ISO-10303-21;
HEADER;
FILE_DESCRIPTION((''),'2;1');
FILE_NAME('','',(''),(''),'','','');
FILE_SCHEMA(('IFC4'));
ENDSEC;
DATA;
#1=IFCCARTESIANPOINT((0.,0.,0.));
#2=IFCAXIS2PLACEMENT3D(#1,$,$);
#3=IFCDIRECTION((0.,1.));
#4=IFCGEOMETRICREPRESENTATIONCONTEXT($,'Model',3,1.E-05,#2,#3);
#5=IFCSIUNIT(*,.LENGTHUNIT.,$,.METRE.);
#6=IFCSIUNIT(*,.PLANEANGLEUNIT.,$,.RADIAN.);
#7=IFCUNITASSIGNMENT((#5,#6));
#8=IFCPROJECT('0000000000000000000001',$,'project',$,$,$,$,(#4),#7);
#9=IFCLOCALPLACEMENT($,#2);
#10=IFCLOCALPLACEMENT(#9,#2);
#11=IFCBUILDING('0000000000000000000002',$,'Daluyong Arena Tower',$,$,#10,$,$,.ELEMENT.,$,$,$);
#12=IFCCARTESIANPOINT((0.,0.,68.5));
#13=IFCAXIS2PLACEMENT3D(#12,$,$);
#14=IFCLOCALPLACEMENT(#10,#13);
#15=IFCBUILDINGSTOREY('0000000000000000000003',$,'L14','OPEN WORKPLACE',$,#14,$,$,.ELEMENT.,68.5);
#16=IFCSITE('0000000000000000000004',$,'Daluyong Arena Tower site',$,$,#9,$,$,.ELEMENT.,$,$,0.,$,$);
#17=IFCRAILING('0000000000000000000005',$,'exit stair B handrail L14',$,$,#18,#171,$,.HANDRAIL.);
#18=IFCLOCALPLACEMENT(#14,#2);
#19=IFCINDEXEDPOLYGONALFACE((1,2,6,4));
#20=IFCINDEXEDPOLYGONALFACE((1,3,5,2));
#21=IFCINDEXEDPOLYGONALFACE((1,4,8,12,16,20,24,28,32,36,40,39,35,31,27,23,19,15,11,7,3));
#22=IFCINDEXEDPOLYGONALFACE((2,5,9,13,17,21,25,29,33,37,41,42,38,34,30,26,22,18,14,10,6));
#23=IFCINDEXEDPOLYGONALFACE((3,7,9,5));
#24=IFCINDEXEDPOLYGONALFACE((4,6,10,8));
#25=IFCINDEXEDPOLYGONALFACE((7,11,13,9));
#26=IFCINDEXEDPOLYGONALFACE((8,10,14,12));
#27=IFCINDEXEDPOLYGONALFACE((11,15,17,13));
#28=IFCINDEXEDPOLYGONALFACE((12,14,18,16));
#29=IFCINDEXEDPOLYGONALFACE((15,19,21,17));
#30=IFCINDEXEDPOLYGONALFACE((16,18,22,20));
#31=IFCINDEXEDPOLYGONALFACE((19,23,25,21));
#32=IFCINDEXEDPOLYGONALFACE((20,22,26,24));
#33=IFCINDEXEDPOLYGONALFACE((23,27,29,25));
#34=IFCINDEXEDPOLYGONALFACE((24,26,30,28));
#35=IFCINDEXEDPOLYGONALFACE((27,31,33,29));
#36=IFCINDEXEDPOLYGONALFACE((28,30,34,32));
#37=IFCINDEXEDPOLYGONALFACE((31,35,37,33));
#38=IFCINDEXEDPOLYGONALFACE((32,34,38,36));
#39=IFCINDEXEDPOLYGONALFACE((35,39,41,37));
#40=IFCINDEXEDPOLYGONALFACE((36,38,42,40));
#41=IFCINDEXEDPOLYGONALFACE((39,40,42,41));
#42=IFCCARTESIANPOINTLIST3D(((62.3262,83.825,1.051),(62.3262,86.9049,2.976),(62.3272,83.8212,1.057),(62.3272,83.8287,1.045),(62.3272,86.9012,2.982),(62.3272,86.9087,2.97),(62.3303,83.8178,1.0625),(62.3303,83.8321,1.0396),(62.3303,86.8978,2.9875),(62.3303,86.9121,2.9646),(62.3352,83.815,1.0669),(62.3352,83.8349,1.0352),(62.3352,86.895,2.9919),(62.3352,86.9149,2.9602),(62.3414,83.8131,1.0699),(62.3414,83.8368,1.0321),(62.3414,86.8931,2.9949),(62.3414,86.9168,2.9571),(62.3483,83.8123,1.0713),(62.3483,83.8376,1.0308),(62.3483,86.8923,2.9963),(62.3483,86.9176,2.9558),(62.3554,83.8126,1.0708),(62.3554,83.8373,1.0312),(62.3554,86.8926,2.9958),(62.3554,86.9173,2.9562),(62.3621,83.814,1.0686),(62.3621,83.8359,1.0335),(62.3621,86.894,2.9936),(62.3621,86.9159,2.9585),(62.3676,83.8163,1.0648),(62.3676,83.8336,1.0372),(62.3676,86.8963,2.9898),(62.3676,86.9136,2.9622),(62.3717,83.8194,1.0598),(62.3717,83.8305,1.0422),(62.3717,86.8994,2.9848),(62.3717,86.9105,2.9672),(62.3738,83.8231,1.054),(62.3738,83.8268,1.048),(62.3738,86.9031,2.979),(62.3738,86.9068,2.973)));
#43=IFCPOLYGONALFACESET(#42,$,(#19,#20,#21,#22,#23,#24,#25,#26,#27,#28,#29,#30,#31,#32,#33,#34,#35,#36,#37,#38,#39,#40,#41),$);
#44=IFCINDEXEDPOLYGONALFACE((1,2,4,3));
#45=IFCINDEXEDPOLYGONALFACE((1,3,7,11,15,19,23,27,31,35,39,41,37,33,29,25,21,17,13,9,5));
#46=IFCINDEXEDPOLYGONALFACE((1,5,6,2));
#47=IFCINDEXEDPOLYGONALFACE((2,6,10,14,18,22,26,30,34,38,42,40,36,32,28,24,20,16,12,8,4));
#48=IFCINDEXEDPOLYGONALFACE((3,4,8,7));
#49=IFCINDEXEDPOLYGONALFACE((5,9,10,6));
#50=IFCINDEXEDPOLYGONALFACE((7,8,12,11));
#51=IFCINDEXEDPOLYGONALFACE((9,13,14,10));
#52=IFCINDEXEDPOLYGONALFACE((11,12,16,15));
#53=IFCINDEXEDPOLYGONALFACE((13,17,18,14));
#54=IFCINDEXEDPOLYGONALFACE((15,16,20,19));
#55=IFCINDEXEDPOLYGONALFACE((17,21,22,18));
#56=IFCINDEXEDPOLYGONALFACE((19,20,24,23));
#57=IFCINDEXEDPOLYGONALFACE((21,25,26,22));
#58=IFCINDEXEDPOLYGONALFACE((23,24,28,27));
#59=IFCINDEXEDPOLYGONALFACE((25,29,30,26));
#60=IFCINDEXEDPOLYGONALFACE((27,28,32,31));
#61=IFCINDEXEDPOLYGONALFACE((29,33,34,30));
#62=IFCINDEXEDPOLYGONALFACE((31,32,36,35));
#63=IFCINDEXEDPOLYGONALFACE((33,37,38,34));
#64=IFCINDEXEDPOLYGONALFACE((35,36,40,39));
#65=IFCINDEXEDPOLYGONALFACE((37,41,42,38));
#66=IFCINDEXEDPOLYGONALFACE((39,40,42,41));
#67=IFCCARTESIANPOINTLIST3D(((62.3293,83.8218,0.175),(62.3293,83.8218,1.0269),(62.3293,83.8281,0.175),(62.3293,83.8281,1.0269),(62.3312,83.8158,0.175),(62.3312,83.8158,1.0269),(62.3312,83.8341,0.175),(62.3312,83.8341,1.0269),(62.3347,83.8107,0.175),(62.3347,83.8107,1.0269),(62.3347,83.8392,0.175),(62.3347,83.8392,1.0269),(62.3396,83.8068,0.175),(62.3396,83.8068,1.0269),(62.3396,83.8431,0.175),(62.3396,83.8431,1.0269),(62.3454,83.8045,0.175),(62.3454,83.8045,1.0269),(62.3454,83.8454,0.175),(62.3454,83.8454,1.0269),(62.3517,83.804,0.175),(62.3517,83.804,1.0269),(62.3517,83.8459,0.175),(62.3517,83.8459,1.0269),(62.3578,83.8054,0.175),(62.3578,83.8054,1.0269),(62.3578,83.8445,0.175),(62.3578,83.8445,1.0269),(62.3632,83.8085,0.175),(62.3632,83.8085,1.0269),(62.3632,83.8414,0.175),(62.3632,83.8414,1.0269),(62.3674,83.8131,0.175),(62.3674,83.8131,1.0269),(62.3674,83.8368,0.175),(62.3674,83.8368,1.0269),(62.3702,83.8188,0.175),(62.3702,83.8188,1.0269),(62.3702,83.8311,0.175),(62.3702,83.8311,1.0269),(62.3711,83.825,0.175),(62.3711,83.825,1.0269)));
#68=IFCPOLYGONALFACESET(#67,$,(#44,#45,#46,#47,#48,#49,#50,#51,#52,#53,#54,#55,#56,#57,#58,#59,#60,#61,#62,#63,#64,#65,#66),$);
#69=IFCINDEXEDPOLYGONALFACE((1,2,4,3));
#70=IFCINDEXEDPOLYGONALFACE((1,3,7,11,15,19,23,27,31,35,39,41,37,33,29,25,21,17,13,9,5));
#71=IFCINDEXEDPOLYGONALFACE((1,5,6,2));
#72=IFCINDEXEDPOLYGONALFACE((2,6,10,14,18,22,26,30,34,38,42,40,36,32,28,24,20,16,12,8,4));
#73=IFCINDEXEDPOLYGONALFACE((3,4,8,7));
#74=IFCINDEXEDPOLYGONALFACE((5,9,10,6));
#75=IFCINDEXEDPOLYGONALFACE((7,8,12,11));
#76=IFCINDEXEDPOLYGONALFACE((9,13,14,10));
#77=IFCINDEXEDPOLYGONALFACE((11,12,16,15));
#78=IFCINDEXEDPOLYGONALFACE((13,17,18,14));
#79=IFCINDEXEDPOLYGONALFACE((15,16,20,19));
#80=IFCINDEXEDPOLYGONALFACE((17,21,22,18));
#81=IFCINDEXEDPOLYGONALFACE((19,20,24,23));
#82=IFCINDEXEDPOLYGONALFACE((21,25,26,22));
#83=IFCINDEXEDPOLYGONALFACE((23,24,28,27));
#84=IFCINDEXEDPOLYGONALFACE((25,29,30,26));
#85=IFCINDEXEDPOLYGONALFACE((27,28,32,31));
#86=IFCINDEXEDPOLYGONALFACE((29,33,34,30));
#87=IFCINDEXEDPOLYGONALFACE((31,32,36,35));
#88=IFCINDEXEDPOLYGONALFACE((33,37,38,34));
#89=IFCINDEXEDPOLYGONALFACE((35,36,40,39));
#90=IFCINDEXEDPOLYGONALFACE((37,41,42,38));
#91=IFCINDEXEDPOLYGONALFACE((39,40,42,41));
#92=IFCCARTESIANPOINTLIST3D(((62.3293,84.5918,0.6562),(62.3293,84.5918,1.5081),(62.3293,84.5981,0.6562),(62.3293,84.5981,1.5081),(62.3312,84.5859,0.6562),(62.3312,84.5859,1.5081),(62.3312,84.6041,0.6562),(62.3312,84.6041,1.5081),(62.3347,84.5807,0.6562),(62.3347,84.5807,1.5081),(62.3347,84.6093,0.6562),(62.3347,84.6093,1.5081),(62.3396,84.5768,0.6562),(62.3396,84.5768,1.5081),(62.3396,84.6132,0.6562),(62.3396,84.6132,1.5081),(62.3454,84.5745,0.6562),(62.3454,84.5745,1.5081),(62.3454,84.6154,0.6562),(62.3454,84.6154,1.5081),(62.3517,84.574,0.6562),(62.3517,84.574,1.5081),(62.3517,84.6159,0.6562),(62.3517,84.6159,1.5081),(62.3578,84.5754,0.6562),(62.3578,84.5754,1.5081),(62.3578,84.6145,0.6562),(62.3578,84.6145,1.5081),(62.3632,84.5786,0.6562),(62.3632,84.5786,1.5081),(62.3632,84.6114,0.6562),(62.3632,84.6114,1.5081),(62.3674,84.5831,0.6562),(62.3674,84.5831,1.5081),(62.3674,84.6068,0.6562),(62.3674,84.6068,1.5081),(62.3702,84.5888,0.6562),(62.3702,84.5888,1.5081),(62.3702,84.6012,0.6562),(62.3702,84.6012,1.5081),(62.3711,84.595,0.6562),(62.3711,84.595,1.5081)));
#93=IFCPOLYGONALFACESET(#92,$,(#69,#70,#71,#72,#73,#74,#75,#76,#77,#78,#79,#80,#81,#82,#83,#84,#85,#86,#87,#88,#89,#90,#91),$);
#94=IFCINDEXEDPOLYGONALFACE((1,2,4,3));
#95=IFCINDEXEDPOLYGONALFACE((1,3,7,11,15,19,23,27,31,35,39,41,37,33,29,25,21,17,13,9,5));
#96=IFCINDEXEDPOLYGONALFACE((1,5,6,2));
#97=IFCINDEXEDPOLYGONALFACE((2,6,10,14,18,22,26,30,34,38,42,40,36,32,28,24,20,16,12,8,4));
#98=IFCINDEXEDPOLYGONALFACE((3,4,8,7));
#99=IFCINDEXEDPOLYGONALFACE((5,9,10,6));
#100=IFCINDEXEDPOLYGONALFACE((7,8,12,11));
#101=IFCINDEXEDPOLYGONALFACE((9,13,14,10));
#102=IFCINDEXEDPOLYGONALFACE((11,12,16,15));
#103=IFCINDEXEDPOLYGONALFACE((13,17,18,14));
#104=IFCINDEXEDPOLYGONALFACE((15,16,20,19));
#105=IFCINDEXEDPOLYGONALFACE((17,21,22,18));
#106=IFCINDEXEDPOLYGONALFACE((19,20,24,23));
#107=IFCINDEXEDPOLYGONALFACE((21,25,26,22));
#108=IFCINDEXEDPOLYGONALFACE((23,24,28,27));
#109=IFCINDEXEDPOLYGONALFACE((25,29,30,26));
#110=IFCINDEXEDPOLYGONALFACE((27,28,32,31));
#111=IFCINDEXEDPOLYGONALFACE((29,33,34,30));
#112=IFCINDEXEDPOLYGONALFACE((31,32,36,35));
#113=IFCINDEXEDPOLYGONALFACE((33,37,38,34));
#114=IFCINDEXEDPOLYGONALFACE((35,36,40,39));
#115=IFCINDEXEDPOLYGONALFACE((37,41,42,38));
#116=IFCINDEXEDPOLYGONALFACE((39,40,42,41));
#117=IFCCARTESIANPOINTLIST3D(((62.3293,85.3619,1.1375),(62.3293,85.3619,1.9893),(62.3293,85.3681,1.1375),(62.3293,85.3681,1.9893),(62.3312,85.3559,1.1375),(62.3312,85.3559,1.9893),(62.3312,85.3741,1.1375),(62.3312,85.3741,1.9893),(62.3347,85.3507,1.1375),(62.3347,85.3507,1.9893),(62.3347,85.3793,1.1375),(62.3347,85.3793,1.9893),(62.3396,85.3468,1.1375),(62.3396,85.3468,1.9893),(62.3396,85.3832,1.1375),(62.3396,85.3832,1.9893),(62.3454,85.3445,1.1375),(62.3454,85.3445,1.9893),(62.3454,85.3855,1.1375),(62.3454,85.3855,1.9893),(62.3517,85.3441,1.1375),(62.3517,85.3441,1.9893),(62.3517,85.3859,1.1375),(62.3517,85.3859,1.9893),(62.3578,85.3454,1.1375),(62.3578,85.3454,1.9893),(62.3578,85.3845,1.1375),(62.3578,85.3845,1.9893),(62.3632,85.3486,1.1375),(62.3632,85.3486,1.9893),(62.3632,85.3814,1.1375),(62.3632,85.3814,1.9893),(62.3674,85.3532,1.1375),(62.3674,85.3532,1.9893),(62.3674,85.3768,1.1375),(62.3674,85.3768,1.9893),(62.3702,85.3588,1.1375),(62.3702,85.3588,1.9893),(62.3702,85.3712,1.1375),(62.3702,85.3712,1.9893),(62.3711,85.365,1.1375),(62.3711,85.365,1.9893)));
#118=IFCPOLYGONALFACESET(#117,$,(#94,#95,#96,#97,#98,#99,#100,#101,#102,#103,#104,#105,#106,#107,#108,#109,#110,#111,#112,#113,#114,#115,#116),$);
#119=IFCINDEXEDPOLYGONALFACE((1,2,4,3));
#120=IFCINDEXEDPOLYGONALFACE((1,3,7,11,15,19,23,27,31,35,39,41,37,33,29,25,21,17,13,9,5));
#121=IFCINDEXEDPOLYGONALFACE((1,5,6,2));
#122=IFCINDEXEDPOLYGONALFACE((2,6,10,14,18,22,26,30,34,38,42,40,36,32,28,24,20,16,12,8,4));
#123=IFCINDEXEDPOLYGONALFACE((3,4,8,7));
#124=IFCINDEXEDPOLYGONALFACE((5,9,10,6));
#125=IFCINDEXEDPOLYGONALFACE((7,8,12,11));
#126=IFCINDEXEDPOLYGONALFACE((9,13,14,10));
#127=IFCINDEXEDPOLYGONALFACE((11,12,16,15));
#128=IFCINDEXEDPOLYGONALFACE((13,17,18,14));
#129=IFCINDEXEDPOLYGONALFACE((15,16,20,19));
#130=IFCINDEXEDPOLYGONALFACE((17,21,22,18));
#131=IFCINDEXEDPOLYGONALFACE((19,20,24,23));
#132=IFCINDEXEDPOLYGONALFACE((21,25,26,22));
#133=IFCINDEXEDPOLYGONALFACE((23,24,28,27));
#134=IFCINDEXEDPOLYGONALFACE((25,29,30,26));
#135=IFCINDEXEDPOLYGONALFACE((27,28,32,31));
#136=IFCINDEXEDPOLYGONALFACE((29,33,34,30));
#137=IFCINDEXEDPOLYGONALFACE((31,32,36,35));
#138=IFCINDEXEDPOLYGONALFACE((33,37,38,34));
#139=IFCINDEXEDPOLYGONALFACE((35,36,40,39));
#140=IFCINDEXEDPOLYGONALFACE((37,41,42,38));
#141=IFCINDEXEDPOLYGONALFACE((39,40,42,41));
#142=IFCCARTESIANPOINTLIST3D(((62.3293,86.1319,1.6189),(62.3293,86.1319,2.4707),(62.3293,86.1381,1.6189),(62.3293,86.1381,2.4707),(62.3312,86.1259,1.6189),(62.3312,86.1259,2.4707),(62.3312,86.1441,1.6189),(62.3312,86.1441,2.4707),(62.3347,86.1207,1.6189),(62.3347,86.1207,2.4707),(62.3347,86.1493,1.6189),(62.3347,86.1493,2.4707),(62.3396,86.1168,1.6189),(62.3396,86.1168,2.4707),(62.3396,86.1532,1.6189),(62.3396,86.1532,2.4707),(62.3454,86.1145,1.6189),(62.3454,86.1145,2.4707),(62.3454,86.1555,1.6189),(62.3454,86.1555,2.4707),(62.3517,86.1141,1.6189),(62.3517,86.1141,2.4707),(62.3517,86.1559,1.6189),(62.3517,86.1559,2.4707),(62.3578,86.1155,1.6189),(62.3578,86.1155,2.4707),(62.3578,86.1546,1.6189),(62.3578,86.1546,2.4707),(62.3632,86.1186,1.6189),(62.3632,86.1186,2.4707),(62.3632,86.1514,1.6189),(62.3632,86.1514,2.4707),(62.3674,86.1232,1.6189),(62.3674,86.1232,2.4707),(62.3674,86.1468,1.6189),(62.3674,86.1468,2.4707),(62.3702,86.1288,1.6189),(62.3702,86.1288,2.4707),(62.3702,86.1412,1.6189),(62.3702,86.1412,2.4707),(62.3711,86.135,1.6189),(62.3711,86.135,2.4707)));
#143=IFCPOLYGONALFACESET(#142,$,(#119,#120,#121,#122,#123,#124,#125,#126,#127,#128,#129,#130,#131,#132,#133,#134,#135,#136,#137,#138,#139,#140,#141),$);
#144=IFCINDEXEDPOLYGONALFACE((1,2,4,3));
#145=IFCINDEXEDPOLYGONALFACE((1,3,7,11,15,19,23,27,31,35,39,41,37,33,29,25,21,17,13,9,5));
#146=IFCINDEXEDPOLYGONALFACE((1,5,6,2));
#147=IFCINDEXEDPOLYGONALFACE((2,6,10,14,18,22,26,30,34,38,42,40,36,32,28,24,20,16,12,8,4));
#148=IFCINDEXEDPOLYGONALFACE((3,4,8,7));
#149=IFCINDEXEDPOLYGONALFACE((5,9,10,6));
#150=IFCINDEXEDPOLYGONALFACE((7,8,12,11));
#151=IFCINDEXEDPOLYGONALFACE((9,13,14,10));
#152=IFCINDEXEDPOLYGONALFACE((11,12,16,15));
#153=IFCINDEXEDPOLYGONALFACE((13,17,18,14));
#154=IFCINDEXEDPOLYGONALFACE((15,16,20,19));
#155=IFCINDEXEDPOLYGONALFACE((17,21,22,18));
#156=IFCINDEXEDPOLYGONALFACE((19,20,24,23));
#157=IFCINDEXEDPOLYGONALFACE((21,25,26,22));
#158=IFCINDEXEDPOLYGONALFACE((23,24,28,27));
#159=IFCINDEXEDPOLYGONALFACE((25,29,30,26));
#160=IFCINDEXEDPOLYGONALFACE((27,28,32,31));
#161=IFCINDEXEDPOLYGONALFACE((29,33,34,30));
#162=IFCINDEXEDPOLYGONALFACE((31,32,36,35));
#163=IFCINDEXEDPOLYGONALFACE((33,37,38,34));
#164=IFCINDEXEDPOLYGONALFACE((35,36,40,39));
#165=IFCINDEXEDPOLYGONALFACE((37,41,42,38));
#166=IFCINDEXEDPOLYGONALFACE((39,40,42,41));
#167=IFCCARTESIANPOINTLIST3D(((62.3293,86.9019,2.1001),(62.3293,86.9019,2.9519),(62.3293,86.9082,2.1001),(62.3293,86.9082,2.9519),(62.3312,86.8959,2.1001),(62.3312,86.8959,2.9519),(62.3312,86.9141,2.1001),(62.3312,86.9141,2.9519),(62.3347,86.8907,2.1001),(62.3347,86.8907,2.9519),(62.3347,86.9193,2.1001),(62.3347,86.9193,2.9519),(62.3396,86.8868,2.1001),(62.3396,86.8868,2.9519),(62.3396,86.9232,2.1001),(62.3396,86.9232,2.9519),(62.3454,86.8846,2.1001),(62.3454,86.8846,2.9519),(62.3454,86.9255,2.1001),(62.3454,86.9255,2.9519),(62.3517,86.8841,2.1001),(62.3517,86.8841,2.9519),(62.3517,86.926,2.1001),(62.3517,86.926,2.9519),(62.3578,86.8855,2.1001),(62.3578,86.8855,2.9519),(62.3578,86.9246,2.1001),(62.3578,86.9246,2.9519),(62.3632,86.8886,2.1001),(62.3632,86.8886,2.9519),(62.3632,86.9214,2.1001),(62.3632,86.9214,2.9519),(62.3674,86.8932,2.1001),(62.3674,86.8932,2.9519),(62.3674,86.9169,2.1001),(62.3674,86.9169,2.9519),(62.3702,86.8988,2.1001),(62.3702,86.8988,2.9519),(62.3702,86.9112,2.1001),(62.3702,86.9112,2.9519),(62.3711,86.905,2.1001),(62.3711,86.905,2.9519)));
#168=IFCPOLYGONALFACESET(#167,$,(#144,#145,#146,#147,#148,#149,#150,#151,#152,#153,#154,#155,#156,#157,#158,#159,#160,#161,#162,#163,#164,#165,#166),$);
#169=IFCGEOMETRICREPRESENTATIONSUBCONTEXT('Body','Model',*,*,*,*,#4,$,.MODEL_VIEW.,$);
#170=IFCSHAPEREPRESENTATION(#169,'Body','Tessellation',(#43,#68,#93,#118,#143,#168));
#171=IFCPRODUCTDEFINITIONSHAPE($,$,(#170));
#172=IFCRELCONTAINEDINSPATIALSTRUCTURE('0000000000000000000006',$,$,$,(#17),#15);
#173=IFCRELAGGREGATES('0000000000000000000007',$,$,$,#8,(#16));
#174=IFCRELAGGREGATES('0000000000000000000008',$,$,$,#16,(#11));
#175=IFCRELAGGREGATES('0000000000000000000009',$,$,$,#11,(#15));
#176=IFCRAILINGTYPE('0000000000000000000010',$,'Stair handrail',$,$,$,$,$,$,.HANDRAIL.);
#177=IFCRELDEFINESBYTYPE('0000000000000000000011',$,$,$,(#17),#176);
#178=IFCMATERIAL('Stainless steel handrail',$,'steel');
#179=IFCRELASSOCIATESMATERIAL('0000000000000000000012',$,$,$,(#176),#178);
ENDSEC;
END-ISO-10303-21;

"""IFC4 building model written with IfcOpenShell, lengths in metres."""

from ifc_helpers import new_model, si_unit, direction, frame, origin, origin_2d, place, context, subcontext, project, spatial, circle, extrude, material, type_object, element, save


model = new_model("IFC4")

# Units and contexts
model_context = context("Model", 3, precision=1e-05, world=origin(), true_north=direction((0.0, 1.0)))
body_context = subcontext(model_context, "Body", "Model", "MODEL_VIEW")
ifc_project = project(units=[si_unit("LENGTHUNIT", "METRE"), si_unit("PLANEANGLEUNIT", "RADIAN")], contexts=[model_context])

# Site, building, storey
site_placement = place(None, origin())
site = spatial("IfcSite", under=ifc_project, at=site_placement, Name="Daluyong Arena Tower site", CompositionType="ELEMENT", RefElevation=0.0)
building_placement = place(site_placement, origin())
building = spatial("IfcBuilding", under=site, at=building_placement, Name="Daluyong Arena Tower", CompositionType="ELEMENT")
storey_placement = place(building_placement, frame((0.0, 0.0, 68.5)))
storey = spatial("IfcBuildingStorey", under=building, at=storey_placement, Name="L14", Description="OPEN WORKPLACE", CompositionType="ELEMENT", Elevation=68.5)

# Railing
ifc_material_1 = material(Name="Stainless steel handrail", Category="steel")
railing_type_1 = type_object("IfcRailingType", Name="Stair handrail", PredefinedType="HANDRAIL", material=ifc_material_1)
railing_1_placement = place(storey_placement, frame((62.3501, 83.825, 0.175)))
element("IfcRailing", 1, at=railing_1_placement, inside=storey, type_object=railing_type_1, Name="exit stair B handrail L14", PredefinedType="HANDRAIL", context=body_context, shape_type="SweptSolid", body=[
    extrude(circle(Radius=0.0239, at=origin_2d()), frame((0.0, 0.0, 0.876), z_axis=(0.0, 0.847998, 0.529999), x_axis=(-1.0, 0.0, 0.0)), (0.0, 0.0, 1.0), 3.6321),
    extrude(circle(Radius=0.021, at=origin_2d()), origin(), (0.0, 0.0, 1.0), 0.8518),
    extrude(circle(Radius=0.021, at=origin_2d()), frame((0.0, 0.77, 0.4812)), (0.0, 0.0, 1.0), 0.8518),
    extrude(circle(Radius=0.021, at=origin_2d()), frame((0.0, 1.54, 0.9624)), (0.0, 0.0, 1.0), 0.8518),
    extrude(circle(Radius=0.021, at=origin_2d()), frame((0.0, 2.3101, 1.4438)), (0.0, 0.0, 1.0), 0.8518),
    extrude(circle(Radius=0.021, at=origin_2d()), frame((0.0, 3.0801, 1.925)), (0.0, 0.0, 1.0), 0.8518),
])

save(model, "model.ifc")
